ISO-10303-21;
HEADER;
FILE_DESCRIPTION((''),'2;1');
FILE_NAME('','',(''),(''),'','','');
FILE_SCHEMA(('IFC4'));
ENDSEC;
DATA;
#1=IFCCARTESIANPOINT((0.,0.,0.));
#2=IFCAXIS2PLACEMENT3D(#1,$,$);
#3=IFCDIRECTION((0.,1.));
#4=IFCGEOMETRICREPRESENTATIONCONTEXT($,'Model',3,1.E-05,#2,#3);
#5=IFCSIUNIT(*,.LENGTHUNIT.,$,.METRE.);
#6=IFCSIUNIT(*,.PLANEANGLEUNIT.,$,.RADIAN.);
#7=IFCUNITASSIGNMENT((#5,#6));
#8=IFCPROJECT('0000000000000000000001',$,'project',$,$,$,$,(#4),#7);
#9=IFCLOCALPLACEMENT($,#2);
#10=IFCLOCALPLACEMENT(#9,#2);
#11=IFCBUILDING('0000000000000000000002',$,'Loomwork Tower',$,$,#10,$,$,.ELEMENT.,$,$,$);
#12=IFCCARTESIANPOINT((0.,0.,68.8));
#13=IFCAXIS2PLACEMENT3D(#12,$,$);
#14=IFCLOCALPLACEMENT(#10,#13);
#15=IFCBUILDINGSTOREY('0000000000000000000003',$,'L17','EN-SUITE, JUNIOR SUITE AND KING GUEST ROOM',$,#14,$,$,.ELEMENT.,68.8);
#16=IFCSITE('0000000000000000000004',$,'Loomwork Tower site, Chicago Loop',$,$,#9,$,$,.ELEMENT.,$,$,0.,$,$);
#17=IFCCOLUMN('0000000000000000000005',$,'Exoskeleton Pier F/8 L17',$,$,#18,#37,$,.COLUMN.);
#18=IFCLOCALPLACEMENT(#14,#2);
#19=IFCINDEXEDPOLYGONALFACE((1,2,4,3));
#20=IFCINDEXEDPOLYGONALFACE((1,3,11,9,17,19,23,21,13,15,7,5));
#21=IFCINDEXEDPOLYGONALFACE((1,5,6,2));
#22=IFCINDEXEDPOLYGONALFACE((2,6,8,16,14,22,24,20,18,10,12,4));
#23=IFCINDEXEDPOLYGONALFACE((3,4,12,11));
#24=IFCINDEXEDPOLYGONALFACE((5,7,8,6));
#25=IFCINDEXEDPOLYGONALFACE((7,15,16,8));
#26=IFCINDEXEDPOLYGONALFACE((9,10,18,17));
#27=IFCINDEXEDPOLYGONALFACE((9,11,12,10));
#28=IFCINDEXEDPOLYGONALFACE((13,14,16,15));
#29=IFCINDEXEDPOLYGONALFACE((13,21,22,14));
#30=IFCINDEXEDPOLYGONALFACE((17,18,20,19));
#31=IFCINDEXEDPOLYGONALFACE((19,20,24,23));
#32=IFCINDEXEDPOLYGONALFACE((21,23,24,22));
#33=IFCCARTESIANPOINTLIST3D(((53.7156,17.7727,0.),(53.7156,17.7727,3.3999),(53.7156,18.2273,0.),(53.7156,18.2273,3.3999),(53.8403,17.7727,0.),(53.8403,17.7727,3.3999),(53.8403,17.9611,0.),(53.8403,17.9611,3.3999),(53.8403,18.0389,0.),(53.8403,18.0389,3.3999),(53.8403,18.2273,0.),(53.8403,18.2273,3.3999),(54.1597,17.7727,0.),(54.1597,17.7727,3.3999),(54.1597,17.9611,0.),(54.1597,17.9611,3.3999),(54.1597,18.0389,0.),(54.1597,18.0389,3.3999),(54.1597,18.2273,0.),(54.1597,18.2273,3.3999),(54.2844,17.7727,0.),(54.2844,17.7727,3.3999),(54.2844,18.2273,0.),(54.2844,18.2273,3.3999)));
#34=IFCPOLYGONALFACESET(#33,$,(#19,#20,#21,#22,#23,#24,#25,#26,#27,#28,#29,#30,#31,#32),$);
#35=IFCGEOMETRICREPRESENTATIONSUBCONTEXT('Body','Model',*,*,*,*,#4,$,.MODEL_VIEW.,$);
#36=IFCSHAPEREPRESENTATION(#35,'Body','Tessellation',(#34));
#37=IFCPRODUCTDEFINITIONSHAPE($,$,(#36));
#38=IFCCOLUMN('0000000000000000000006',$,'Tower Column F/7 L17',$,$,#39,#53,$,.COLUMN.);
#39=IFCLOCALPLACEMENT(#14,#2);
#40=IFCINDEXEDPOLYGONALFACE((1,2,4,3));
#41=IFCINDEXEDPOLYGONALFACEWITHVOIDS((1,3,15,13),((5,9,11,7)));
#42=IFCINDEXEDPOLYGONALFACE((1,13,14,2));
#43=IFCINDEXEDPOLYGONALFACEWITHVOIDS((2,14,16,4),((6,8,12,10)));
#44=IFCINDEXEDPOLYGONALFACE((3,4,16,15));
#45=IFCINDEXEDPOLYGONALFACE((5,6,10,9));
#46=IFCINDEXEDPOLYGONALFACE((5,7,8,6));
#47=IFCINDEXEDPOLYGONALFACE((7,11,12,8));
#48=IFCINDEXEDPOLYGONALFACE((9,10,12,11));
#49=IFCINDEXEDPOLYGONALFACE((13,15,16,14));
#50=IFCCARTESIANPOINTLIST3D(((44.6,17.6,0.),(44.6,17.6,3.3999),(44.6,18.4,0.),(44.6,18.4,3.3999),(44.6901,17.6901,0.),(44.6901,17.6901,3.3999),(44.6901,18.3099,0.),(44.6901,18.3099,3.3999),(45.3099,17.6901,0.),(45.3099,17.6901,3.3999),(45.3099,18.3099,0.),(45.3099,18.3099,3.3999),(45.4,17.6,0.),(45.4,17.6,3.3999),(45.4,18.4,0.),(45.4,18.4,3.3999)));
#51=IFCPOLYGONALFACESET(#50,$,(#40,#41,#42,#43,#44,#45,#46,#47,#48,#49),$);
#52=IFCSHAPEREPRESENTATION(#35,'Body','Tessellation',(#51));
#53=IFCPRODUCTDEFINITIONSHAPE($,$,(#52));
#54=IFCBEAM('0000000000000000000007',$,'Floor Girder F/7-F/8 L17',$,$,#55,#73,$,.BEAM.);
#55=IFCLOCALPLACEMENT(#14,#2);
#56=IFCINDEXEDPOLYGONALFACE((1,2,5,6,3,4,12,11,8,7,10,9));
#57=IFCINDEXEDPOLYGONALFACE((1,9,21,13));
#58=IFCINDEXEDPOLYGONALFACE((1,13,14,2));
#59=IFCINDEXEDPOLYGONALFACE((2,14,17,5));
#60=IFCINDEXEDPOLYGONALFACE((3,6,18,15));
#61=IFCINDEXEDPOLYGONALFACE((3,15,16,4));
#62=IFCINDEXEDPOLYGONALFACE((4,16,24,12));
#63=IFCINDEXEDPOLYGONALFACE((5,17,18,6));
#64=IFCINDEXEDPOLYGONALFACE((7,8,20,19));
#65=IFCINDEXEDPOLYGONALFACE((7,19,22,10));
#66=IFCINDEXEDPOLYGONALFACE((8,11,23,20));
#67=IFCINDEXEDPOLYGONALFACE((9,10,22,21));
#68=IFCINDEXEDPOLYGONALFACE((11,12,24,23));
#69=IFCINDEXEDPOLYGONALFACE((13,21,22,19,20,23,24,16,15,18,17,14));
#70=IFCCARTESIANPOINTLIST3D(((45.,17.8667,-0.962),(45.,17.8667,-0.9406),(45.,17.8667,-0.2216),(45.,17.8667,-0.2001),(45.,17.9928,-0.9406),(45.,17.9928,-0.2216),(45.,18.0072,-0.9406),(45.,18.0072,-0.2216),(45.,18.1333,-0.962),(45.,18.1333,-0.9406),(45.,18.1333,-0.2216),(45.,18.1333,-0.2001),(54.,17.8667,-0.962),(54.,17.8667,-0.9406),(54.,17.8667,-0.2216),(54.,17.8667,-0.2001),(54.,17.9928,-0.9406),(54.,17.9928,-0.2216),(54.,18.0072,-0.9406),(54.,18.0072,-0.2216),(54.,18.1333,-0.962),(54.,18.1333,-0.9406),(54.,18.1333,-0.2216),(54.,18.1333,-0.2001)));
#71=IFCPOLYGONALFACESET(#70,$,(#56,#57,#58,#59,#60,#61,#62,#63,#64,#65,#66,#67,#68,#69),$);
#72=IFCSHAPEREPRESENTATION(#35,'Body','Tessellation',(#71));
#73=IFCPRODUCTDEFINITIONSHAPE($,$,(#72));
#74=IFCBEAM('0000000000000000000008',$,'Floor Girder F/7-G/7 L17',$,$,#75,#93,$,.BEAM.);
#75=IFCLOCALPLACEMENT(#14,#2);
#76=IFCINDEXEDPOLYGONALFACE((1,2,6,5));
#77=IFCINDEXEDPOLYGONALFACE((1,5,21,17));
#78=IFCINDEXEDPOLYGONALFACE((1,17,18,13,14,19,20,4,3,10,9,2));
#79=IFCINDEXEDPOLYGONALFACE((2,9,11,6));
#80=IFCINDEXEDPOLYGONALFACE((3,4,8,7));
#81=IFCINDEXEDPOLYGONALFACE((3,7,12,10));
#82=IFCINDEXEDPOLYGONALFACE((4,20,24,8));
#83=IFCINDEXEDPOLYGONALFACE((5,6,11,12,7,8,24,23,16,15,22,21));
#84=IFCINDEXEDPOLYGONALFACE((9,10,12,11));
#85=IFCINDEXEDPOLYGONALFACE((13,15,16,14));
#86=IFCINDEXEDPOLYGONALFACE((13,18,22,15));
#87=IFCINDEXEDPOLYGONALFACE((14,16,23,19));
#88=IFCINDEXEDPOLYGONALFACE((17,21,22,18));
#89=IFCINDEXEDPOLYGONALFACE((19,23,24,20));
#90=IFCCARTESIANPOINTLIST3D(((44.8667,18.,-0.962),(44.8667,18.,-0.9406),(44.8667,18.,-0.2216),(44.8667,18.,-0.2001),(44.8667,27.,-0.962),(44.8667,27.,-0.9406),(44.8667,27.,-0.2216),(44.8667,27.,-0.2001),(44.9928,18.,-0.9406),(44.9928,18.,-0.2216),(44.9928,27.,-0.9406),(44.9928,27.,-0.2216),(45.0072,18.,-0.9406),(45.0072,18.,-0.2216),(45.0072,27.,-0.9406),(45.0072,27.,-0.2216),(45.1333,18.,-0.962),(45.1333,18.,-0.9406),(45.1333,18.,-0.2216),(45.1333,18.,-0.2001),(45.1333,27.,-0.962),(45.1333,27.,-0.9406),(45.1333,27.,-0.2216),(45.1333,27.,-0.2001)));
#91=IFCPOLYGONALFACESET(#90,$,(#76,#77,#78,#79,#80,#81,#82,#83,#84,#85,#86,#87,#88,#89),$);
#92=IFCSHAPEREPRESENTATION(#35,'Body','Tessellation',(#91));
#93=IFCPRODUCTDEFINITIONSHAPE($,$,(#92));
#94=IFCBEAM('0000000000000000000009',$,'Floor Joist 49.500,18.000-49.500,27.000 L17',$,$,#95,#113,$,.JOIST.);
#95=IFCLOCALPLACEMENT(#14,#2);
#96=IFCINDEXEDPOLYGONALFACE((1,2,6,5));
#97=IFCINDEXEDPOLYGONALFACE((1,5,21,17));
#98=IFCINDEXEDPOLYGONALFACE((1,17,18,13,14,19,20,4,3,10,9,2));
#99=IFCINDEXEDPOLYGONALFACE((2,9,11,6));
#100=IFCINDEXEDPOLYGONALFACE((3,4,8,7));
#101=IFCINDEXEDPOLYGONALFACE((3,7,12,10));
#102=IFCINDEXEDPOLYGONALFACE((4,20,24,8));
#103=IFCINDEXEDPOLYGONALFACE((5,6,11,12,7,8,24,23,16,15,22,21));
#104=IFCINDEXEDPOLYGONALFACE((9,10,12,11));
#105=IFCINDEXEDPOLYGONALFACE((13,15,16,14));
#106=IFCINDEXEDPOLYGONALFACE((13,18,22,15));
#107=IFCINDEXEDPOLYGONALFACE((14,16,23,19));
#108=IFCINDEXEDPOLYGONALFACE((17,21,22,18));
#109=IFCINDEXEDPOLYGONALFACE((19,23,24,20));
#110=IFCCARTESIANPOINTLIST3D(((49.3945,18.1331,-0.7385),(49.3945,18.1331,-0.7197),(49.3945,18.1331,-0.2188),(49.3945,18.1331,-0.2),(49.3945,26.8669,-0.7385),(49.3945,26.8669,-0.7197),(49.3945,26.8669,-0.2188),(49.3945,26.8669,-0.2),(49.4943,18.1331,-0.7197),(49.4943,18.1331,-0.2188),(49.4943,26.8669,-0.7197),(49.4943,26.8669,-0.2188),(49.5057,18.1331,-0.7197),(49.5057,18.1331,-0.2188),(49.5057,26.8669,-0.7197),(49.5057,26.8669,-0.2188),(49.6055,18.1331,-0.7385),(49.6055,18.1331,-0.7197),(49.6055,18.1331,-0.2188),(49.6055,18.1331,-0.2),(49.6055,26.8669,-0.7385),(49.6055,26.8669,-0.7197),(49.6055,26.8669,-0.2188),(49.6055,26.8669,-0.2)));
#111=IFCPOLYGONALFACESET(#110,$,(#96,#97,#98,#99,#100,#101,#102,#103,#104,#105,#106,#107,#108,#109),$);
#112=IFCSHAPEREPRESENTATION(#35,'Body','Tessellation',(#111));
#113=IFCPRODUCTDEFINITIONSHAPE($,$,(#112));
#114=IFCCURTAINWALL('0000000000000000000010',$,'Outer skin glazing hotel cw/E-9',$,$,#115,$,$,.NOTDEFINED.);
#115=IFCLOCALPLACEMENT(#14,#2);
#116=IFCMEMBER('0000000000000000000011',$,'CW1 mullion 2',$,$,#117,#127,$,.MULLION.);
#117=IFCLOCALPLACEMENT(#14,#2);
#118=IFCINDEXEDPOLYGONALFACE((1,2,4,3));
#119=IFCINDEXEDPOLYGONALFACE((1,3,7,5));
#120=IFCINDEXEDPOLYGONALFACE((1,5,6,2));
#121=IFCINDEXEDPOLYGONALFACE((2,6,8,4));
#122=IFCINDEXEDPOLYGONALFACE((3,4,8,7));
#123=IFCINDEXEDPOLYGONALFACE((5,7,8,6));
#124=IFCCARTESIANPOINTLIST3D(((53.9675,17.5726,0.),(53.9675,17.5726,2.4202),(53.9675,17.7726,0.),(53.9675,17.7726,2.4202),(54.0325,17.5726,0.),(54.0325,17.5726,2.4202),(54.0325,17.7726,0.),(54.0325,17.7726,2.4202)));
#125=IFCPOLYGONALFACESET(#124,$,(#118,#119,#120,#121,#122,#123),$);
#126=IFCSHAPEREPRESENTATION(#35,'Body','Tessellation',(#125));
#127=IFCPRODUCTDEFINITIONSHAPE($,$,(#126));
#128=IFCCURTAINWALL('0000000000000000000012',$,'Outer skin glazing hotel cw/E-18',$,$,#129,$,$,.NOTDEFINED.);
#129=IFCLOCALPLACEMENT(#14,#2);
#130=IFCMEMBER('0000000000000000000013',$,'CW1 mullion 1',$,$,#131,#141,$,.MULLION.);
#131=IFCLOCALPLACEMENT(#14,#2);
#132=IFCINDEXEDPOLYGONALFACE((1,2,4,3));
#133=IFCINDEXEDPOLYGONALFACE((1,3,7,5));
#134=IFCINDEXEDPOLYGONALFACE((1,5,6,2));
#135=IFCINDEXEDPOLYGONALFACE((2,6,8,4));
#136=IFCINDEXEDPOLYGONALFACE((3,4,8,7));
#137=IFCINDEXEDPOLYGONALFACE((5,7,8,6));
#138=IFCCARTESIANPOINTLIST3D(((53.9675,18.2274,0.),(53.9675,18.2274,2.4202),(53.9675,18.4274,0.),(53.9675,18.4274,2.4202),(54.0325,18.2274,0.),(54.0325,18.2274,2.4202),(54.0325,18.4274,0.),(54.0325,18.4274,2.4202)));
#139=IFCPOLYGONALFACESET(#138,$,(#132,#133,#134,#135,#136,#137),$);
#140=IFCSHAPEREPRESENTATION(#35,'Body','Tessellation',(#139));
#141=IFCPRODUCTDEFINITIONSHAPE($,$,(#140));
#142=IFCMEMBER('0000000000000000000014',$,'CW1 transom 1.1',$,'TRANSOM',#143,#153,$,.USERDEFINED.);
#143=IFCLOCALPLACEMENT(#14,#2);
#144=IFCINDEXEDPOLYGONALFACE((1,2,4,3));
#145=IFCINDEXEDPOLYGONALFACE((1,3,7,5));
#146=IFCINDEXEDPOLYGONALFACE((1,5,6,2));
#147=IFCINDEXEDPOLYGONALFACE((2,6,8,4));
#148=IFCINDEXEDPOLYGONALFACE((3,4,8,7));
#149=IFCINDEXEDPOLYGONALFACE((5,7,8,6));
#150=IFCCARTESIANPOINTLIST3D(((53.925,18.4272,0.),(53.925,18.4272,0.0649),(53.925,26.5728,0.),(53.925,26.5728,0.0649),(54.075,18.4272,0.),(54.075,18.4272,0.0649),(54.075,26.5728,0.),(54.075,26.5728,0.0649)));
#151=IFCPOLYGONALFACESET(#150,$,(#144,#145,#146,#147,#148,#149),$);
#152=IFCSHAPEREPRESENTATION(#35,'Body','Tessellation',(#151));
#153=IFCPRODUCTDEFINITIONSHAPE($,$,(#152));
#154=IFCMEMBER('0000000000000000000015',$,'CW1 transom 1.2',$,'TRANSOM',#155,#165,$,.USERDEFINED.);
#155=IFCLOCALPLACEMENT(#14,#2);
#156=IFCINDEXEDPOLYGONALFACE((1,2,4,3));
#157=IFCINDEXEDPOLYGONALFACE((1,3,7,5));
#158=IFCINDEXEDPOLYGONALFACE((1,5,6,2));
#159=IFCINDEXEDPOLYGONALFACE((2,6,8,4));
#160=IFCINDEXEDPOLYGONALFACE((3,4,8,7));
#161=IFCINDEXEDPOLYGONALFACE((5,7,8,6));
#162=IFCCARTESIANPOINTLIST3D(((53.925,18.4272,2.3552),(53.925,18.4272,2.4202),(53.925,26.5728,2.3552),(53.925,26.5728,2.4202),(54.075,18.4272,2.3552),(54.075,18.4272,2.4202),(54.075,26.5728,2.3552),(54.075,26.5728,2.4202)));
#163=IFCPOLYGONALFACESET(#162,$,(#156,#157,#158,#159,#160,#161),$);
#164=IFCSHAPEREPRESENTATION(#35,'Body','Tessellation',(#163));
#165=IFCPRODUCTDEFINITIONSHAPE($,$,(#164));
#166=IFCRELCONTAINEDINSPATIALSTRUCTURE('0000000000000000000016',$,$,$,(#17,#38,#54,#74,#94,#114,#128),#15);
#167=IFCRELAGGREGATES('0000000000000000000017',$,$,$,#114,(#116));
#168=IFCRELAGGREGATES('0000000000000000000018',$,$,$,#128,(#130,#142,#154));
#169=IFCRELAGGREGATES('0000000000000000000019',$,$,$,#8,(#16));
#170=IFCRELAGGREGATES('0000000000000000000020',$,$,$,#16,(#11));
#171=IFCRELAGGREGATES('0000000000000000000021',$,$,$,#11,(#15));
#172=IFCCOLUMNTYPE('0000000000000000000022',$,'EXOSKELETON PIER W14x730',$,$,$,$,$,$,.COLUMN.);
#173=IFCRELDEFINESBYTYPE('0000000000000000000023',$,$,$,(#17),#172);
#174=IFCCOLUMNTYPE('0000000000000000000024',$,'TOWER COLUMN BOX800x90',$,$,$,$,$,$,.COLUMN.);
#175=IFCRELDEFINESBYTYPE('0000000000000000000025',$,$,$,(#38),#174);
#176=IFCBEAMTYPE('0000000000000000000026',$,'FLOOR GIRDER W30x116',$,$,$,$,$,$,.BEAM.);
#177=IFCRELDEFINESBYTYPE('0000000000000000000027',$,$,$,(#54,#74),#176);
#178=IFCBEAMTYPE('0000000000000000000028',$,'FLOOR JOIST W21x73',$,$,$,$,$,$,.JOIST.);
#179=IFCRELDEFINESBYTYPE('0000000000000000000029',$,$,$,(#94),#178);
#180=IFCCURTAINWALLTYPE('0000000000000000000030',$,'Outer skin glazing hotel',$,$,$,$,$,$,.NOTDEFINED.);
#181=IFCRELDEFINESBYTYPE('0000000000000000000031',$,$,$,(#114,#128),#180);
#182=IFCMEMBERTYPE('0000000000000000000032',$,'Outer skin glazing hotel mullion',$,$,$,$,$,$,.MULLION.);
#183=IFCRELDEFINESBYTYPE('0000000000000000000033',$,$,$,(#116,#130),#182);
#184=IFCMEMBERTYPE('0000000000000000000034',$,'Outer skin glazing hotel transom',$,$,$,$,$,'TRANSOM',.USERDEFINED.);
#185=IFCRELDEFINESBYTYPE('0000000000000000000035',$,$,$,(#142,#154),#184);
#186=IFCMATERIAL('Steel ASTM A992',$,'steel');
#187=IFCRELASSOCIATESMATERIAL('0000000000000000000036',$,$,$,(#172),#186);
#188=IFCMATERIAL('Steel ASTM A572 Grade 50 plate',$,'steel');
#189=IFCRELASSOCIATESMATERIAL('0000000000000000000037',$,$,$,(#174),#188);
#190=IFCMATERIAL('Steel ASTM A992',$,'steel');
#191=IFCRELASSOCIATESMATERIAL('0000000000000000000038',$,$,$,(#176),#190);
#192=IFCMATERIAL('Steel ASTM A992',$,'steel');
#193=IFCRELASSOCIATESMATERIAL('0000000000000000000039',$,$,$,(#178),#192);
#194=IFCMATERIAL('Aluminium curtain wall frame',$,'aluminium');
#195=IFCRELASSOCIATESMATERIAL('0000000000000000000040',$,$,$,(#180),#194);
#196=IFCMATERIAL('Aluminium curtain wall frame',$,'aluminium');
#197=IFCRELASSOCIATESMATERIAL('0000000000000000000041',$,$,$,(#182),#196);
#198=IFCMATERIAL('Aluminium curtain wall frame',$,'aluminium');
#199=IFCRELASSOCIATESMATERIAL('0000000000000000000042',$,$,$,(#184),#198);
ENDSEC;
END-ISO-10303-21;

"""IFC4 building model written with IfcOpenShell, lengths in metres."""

from ifc_helpers import new_model, si_unit, direction, frame, origin, origin_2d, place, context, subcontext, project, spatial, rectangle, hollow_rectangle, i_section, extrude, material, material_profile, profile_set, type_object, element, aggregate, save


model = new_model("IFC4")

# Units and contexts
model_context = context("Model", 3, precision=1e-05, world=origin(), true_north=direction((0.0, 1.0)))
body_context = subcontext(model_context, "Body", "Model", "MODEL_VIEW")
ifc_project = project(units=[si_unit("LENGTHUNIT", "METRE"), si_unit("PLANEANGLEUNIT", "RADIAN")], contexts=[model_context])

# Site, building, storey
site_placement = place(None, origin())
site = spatial("IfcSite", under=ifc_project, at=site_placement, Name="Loomwork Tower site, Chicago Loop", CompositionType="ELEMENT", RefElevation=0.0)
building_placement = place(site_placement, origin())
building = spatial("IfcBuilding", under=site, at=building_placement, Name="Loomwork Tower", CompositionType="ELEMENT")
storey_placement = place(building_placement, frame((0.0, 0.0, 68.8)))
storey = spatial("IfcBuildingStorey", under=building, at=storey_placement, Name="L17", Description="EN-SUITE, JUNIOR SUITE AND KING GUEST ROOM", CompositionType="ELEMENT", Elevation=68.8)

# Columns
ifc_material_1 = material(Name="Steel ASTM A992", Category="steel")
ifc_material_profile_1 = material_profile(ifc_material_1, i_section(OverallWidth=0.4546, OverallDepth=0.5688, WebThickness=0.0779, FlangeThickness=0.1248, at=origin_2d()), Name="W14x730")
ifc_profile_set_1 = profile_set([ifc_material_profile_1], Name="Steel ASTM A992")
column_type_1 = type_object("IfcColumnType", Name="EXOSKELETON PIER W14x730", PredefinedType="COLUMN", material=ifc_profile_set_1)
column_1_placement = place(storey_placement, frame((54.0, 18.0, 0.0), z_axis=(0.0, 0.0, 1.0), x_axis=(0.0, 1.0, 0.0)))
element("IfcColumn", 1, at=column_1_placement, inside=storey, type_object=column_type_1, Name="Exoskeleton Pier F/8 L17", PredefinedType="COLUMN", context=body_context, shape_type="SweptSolid", body=[
    extrude(i_section(OverallWidth=0.4546, OverallDepth=0.5688, WebThickness=0.0779, FlangeThickness=0.1248, at=origin_2d()), origin(), (0.0, 0.0, 1.0), 3.3999),
])
ifc_material_2 = material(Name="Steel ASTM A572 Grade 50 plate", Category="steel")
ifc_material_profile_2 = material_profile(ifc_material_2, hollow_rectangle(XDim=0.8, YDim=0.8, WallThickness=0.0901, at=origin_2d()), Name="BOX800x90")
ifc_profile_set_2 = profile_set([ifc_material_profile_2], Name="Steel ASTM A572 Grade 50 plate")
column_type_2 = type_object("IfcColumnType", Name="TOWER COLUMN BOX800x90", PredefinedType="COLUMN", material=ifc_profile_set_2)
column_2_placement = place(storey_placement, frame((45.0, 18.0, 0.0), z_axis=(0.0, 0.0, 1.0), x_axis=(0.0, 1.0, 0.0)))
element("IfcColumn", 2, at=column_2_placement, inside=storey, type_object=column_type_2, Name="Tower Column F/7 L17", PredefinedType="COLUMN", context=body_context, shape_type="SweptSolid", body=[
    extrude(hollow_rectangle(XDim=0.8, YDim=0.8, WallThickness=0.0901, at=origin_2d()), origin(), (0.0, 0.0, 1.0), 3.3999),
])

# Beams
ifc_material_3 = material(Name="Steel ASTM A992", Category="steel")
ifc_material_profile_3 = material_profile(ifc_material_3, i_section(OverallWidth=0.2666, OverallDepth=0.762, WebThickness=0.0144, FlangeThickness=0.0215, at=origin_2d()), Name="W30x116")
ifc_profile_set_3 = profile_set([ifc_material_profile_3], Name="Steel ASTM A992")
beam_type_1 = type_object("IfcBeamType", Name="FLOOR GIRDER W30x116", PredefinedType="BEAM", material=ifc_profile_set_3)
for number, where, z_axis, x_axis, name in (
    (3, (45.0, 18.0, -0.5811), (1.0, 0.0, 0.0), (0.0, 1.0, 0.0), "Floor Girder F/7-F/8 L17"),
    (4, (45.0, 18.0, -0.5811), (0.0, 1.0, 0.0), (-1.0, 0.0, 0.0), "Floor Girder F/7-G/7 L17"),
):
    element("IfcBeam", number, at=place(storey_placement, frame(where, z_axis=z_axis, x_axis=x_axis)), inside=storey, type_object=beam_type_1, Name=name, PredefinedType="BEAM", context=body_context, shape_type="SweptSolid", body=[
        extrude(i_section(OverallWidth=0.2666, OverallDepth=0.762, WebThickness=0.0144, FlangeThickness=0.0215, at=origin_2d()), origin(), (0.0, 0.0, 1.0), 9.0),
    ])
ifc_material_4 = material(Name="Steel ASTM A992", Category="steel")
ifc_material_profile_4 = material_profile(ifc_material_4, i_section(OverallWidth=0.2109, OverallDepth=0.5386, WebThickness=0.0115, FlangeThickness=0.0188, at=origin_2d()), Name="W21x73")
ifc_profile_set_4 = profile_set([ifc_material_profile_4], Name="Steel ASTM A992")
beam_type_2 = type_object("IfcBeamType", Name="FLOOR JOIST W21x73", PredefinedType="JOIST", material=ifc_profile_set_4)
beam_1_placement = place(storey_placement, frame((49.5, 18.1331, -0.4692), z_axis=(0.0, 1.0, 0.0), x_axis=(-1.0, 0.0, 0.0)))
element("IfcBeam", 5, at=beam_1_placement, inside=storey, type_object=beam_type_2, Name="Floor Joist 49.500,18.000-49.500,27.000 L17", PredefinedType="JOIST", context=body_context, shape_type="SweptSolid", body=[
    extrude(i_section(OverallWidth=0.2109, OverallDepth=0.5386, WebThickness=0.0115, FlangeThickness=0.0188, at=origin_2d()), origin(), (0.0, 0.0, 1.0), 8.7339),
])

# Curtain wall, member
ifc_material_5 = material(Name="Aluminium curtain wall frame", Category="aluminium")
curtain_wall_type = type_object("IfcCurtainWallType", Name="Outer skin glazing hotel", PredefinedType="NOTDEFINED", material=ifc_material_5)
curtain_wall_1_placement = place(storey_placement, origin())
curtain_wall_1 = element("IfcCurtainWall", 6, at=curtain_wall_1_placement, inside=storey, type_object=curtain_wall_type, Name="Outer skin glazing hotel cw/E-9", PredefinedType="NOTDEFINED")
ifc_material_6 = material(Name="Aluminium curtain wall frame", Category="aluminium")
ifc_material_profile_5 = material_profile(ifc_material_6, rectangle(XDim=0.0649, YDim=0.2, at=origin_2d()), Name="AL 65x200")
ifc_profile_set_5 = profile_set([ifc_material_profile_5], Name="Aluminium curtain wall frame")
member_type_1 = type_object("IfcMemberType", Name="Outer skin glazing hotel mullion", PredefinedType="MULLION", material=ifc_profile_set_5)
member_1_placement = place(storey_placement, frame((54.0, 17.6726, 0.0), z_axis=(0.0, 0.0, 1.0), x_axis=(-1.0, 0.0, 0.0)))
member_1 = element("IfcMember", 7, at=member_1_placement, type_object=member_type_1, Name="CW1 mullion 2", PredefinedType="MULLION", context=body_context, shape_type="SweptSolid", body=[
    extrude(rectangle(XDim=0.0649, YDim=0.2, at=origin_2d()), origin(), (0.0, 0.0, 1.0), 2.4202),
])
aggregate(curtain_wall_1, [member_1])

# Curtain wall, members
curtain_wall_2_placement = place(storey_placement, origin())
curtain_wall_2 = element("IfcCurtainWall", 8, at=curtain_wall_2_placement, inside=storey, type_object=curtain_wall_type, Name="Outer skin glazing hotel cw/E-18", PredefinedType="NOTDEFINED")
member_2_placement = place(storey_placement, frame((54.0, 18.3274, 0.0), z_axis=(0.0, 0.0, 1.0), x_axis=(-1.0, 0.0, 0.0)))
member_2 = element("IfcMember", 9, at=member_2_placement, type_object=member_type_1, Name="CW1 mullion 1", PredefinedType="MULLION", context=body_context, shape_type="SweptSolid", body=[
    extrude(rectangle(XDim=0.0649, YDim=0.2, at=origin_2d()), origin(), (0.0, 0.0, 1.0), 2.4202),
])
ifc_material_7 = material(Name="Aluminium curtain wall frame", Category="aluminium")
ifc_material_profile_6 = material_profile(ifc_material_7, rectangle(XDim=0.1499, YDim=0.0649, at=origin_2d()), Name="AL 65x150")
ifc_profile_set_6 = profile_set([ifc_material_profile_6], Name="Aluminium curtain wall frame")
member_type_2 = type_object("IfcMemberType", Name="Outer skin glazing hotel transom", ElementType="TRANSOM", PredefinedType="USERDEFINED", material=ifc_profile_set_6)
member_3_placement = place(storey_placement, frame((54.0, 18.4272, 0.0325), z_axis=(0.0, 1.0, 0.0), x_axis=(-1.0, 0.0, 0.0)))
member_3 = element("IfcMember", 10, at=member_3_placement, type_object=member_type_2, Name="CW1 transom 1.1", ObjectType="TRANSOM", PredefinedType="USERDEFINED", context=body_context, shape_type="SweptSolid", body=[
    extrude(rectangle(XDim=0.1499, YDim=0.0649, at=origin_2d()), origin(), (0.0, 0.0, 1.0), 8.1455),
])
member_4_placement = place(storey_placement, frame((54.0, 18.4272, 2.3877), z_axis=(0.0, 1.0, 0.0), x_axis=(-1.0, 0.0, 0.0)))
member_4 = element("IfcMember", 11, at=member_4_placement, type_object=member_type_2, Name="CW1 transom 1.2", ObjectType="TRANSOM", PredefinedType="USERDEFINED", context=body_context, shape_type="SweptSolid", body=[
    extrude(rectangle(XDim=0.1499, YDim=0.0649, at=origin_2d()), origin(), (0.0, 0.0, 1.0), 8.1455),
])
aggregate(curtain_wall_2, [member_2, member_3, member_4])

save(model, "model.ifc")
